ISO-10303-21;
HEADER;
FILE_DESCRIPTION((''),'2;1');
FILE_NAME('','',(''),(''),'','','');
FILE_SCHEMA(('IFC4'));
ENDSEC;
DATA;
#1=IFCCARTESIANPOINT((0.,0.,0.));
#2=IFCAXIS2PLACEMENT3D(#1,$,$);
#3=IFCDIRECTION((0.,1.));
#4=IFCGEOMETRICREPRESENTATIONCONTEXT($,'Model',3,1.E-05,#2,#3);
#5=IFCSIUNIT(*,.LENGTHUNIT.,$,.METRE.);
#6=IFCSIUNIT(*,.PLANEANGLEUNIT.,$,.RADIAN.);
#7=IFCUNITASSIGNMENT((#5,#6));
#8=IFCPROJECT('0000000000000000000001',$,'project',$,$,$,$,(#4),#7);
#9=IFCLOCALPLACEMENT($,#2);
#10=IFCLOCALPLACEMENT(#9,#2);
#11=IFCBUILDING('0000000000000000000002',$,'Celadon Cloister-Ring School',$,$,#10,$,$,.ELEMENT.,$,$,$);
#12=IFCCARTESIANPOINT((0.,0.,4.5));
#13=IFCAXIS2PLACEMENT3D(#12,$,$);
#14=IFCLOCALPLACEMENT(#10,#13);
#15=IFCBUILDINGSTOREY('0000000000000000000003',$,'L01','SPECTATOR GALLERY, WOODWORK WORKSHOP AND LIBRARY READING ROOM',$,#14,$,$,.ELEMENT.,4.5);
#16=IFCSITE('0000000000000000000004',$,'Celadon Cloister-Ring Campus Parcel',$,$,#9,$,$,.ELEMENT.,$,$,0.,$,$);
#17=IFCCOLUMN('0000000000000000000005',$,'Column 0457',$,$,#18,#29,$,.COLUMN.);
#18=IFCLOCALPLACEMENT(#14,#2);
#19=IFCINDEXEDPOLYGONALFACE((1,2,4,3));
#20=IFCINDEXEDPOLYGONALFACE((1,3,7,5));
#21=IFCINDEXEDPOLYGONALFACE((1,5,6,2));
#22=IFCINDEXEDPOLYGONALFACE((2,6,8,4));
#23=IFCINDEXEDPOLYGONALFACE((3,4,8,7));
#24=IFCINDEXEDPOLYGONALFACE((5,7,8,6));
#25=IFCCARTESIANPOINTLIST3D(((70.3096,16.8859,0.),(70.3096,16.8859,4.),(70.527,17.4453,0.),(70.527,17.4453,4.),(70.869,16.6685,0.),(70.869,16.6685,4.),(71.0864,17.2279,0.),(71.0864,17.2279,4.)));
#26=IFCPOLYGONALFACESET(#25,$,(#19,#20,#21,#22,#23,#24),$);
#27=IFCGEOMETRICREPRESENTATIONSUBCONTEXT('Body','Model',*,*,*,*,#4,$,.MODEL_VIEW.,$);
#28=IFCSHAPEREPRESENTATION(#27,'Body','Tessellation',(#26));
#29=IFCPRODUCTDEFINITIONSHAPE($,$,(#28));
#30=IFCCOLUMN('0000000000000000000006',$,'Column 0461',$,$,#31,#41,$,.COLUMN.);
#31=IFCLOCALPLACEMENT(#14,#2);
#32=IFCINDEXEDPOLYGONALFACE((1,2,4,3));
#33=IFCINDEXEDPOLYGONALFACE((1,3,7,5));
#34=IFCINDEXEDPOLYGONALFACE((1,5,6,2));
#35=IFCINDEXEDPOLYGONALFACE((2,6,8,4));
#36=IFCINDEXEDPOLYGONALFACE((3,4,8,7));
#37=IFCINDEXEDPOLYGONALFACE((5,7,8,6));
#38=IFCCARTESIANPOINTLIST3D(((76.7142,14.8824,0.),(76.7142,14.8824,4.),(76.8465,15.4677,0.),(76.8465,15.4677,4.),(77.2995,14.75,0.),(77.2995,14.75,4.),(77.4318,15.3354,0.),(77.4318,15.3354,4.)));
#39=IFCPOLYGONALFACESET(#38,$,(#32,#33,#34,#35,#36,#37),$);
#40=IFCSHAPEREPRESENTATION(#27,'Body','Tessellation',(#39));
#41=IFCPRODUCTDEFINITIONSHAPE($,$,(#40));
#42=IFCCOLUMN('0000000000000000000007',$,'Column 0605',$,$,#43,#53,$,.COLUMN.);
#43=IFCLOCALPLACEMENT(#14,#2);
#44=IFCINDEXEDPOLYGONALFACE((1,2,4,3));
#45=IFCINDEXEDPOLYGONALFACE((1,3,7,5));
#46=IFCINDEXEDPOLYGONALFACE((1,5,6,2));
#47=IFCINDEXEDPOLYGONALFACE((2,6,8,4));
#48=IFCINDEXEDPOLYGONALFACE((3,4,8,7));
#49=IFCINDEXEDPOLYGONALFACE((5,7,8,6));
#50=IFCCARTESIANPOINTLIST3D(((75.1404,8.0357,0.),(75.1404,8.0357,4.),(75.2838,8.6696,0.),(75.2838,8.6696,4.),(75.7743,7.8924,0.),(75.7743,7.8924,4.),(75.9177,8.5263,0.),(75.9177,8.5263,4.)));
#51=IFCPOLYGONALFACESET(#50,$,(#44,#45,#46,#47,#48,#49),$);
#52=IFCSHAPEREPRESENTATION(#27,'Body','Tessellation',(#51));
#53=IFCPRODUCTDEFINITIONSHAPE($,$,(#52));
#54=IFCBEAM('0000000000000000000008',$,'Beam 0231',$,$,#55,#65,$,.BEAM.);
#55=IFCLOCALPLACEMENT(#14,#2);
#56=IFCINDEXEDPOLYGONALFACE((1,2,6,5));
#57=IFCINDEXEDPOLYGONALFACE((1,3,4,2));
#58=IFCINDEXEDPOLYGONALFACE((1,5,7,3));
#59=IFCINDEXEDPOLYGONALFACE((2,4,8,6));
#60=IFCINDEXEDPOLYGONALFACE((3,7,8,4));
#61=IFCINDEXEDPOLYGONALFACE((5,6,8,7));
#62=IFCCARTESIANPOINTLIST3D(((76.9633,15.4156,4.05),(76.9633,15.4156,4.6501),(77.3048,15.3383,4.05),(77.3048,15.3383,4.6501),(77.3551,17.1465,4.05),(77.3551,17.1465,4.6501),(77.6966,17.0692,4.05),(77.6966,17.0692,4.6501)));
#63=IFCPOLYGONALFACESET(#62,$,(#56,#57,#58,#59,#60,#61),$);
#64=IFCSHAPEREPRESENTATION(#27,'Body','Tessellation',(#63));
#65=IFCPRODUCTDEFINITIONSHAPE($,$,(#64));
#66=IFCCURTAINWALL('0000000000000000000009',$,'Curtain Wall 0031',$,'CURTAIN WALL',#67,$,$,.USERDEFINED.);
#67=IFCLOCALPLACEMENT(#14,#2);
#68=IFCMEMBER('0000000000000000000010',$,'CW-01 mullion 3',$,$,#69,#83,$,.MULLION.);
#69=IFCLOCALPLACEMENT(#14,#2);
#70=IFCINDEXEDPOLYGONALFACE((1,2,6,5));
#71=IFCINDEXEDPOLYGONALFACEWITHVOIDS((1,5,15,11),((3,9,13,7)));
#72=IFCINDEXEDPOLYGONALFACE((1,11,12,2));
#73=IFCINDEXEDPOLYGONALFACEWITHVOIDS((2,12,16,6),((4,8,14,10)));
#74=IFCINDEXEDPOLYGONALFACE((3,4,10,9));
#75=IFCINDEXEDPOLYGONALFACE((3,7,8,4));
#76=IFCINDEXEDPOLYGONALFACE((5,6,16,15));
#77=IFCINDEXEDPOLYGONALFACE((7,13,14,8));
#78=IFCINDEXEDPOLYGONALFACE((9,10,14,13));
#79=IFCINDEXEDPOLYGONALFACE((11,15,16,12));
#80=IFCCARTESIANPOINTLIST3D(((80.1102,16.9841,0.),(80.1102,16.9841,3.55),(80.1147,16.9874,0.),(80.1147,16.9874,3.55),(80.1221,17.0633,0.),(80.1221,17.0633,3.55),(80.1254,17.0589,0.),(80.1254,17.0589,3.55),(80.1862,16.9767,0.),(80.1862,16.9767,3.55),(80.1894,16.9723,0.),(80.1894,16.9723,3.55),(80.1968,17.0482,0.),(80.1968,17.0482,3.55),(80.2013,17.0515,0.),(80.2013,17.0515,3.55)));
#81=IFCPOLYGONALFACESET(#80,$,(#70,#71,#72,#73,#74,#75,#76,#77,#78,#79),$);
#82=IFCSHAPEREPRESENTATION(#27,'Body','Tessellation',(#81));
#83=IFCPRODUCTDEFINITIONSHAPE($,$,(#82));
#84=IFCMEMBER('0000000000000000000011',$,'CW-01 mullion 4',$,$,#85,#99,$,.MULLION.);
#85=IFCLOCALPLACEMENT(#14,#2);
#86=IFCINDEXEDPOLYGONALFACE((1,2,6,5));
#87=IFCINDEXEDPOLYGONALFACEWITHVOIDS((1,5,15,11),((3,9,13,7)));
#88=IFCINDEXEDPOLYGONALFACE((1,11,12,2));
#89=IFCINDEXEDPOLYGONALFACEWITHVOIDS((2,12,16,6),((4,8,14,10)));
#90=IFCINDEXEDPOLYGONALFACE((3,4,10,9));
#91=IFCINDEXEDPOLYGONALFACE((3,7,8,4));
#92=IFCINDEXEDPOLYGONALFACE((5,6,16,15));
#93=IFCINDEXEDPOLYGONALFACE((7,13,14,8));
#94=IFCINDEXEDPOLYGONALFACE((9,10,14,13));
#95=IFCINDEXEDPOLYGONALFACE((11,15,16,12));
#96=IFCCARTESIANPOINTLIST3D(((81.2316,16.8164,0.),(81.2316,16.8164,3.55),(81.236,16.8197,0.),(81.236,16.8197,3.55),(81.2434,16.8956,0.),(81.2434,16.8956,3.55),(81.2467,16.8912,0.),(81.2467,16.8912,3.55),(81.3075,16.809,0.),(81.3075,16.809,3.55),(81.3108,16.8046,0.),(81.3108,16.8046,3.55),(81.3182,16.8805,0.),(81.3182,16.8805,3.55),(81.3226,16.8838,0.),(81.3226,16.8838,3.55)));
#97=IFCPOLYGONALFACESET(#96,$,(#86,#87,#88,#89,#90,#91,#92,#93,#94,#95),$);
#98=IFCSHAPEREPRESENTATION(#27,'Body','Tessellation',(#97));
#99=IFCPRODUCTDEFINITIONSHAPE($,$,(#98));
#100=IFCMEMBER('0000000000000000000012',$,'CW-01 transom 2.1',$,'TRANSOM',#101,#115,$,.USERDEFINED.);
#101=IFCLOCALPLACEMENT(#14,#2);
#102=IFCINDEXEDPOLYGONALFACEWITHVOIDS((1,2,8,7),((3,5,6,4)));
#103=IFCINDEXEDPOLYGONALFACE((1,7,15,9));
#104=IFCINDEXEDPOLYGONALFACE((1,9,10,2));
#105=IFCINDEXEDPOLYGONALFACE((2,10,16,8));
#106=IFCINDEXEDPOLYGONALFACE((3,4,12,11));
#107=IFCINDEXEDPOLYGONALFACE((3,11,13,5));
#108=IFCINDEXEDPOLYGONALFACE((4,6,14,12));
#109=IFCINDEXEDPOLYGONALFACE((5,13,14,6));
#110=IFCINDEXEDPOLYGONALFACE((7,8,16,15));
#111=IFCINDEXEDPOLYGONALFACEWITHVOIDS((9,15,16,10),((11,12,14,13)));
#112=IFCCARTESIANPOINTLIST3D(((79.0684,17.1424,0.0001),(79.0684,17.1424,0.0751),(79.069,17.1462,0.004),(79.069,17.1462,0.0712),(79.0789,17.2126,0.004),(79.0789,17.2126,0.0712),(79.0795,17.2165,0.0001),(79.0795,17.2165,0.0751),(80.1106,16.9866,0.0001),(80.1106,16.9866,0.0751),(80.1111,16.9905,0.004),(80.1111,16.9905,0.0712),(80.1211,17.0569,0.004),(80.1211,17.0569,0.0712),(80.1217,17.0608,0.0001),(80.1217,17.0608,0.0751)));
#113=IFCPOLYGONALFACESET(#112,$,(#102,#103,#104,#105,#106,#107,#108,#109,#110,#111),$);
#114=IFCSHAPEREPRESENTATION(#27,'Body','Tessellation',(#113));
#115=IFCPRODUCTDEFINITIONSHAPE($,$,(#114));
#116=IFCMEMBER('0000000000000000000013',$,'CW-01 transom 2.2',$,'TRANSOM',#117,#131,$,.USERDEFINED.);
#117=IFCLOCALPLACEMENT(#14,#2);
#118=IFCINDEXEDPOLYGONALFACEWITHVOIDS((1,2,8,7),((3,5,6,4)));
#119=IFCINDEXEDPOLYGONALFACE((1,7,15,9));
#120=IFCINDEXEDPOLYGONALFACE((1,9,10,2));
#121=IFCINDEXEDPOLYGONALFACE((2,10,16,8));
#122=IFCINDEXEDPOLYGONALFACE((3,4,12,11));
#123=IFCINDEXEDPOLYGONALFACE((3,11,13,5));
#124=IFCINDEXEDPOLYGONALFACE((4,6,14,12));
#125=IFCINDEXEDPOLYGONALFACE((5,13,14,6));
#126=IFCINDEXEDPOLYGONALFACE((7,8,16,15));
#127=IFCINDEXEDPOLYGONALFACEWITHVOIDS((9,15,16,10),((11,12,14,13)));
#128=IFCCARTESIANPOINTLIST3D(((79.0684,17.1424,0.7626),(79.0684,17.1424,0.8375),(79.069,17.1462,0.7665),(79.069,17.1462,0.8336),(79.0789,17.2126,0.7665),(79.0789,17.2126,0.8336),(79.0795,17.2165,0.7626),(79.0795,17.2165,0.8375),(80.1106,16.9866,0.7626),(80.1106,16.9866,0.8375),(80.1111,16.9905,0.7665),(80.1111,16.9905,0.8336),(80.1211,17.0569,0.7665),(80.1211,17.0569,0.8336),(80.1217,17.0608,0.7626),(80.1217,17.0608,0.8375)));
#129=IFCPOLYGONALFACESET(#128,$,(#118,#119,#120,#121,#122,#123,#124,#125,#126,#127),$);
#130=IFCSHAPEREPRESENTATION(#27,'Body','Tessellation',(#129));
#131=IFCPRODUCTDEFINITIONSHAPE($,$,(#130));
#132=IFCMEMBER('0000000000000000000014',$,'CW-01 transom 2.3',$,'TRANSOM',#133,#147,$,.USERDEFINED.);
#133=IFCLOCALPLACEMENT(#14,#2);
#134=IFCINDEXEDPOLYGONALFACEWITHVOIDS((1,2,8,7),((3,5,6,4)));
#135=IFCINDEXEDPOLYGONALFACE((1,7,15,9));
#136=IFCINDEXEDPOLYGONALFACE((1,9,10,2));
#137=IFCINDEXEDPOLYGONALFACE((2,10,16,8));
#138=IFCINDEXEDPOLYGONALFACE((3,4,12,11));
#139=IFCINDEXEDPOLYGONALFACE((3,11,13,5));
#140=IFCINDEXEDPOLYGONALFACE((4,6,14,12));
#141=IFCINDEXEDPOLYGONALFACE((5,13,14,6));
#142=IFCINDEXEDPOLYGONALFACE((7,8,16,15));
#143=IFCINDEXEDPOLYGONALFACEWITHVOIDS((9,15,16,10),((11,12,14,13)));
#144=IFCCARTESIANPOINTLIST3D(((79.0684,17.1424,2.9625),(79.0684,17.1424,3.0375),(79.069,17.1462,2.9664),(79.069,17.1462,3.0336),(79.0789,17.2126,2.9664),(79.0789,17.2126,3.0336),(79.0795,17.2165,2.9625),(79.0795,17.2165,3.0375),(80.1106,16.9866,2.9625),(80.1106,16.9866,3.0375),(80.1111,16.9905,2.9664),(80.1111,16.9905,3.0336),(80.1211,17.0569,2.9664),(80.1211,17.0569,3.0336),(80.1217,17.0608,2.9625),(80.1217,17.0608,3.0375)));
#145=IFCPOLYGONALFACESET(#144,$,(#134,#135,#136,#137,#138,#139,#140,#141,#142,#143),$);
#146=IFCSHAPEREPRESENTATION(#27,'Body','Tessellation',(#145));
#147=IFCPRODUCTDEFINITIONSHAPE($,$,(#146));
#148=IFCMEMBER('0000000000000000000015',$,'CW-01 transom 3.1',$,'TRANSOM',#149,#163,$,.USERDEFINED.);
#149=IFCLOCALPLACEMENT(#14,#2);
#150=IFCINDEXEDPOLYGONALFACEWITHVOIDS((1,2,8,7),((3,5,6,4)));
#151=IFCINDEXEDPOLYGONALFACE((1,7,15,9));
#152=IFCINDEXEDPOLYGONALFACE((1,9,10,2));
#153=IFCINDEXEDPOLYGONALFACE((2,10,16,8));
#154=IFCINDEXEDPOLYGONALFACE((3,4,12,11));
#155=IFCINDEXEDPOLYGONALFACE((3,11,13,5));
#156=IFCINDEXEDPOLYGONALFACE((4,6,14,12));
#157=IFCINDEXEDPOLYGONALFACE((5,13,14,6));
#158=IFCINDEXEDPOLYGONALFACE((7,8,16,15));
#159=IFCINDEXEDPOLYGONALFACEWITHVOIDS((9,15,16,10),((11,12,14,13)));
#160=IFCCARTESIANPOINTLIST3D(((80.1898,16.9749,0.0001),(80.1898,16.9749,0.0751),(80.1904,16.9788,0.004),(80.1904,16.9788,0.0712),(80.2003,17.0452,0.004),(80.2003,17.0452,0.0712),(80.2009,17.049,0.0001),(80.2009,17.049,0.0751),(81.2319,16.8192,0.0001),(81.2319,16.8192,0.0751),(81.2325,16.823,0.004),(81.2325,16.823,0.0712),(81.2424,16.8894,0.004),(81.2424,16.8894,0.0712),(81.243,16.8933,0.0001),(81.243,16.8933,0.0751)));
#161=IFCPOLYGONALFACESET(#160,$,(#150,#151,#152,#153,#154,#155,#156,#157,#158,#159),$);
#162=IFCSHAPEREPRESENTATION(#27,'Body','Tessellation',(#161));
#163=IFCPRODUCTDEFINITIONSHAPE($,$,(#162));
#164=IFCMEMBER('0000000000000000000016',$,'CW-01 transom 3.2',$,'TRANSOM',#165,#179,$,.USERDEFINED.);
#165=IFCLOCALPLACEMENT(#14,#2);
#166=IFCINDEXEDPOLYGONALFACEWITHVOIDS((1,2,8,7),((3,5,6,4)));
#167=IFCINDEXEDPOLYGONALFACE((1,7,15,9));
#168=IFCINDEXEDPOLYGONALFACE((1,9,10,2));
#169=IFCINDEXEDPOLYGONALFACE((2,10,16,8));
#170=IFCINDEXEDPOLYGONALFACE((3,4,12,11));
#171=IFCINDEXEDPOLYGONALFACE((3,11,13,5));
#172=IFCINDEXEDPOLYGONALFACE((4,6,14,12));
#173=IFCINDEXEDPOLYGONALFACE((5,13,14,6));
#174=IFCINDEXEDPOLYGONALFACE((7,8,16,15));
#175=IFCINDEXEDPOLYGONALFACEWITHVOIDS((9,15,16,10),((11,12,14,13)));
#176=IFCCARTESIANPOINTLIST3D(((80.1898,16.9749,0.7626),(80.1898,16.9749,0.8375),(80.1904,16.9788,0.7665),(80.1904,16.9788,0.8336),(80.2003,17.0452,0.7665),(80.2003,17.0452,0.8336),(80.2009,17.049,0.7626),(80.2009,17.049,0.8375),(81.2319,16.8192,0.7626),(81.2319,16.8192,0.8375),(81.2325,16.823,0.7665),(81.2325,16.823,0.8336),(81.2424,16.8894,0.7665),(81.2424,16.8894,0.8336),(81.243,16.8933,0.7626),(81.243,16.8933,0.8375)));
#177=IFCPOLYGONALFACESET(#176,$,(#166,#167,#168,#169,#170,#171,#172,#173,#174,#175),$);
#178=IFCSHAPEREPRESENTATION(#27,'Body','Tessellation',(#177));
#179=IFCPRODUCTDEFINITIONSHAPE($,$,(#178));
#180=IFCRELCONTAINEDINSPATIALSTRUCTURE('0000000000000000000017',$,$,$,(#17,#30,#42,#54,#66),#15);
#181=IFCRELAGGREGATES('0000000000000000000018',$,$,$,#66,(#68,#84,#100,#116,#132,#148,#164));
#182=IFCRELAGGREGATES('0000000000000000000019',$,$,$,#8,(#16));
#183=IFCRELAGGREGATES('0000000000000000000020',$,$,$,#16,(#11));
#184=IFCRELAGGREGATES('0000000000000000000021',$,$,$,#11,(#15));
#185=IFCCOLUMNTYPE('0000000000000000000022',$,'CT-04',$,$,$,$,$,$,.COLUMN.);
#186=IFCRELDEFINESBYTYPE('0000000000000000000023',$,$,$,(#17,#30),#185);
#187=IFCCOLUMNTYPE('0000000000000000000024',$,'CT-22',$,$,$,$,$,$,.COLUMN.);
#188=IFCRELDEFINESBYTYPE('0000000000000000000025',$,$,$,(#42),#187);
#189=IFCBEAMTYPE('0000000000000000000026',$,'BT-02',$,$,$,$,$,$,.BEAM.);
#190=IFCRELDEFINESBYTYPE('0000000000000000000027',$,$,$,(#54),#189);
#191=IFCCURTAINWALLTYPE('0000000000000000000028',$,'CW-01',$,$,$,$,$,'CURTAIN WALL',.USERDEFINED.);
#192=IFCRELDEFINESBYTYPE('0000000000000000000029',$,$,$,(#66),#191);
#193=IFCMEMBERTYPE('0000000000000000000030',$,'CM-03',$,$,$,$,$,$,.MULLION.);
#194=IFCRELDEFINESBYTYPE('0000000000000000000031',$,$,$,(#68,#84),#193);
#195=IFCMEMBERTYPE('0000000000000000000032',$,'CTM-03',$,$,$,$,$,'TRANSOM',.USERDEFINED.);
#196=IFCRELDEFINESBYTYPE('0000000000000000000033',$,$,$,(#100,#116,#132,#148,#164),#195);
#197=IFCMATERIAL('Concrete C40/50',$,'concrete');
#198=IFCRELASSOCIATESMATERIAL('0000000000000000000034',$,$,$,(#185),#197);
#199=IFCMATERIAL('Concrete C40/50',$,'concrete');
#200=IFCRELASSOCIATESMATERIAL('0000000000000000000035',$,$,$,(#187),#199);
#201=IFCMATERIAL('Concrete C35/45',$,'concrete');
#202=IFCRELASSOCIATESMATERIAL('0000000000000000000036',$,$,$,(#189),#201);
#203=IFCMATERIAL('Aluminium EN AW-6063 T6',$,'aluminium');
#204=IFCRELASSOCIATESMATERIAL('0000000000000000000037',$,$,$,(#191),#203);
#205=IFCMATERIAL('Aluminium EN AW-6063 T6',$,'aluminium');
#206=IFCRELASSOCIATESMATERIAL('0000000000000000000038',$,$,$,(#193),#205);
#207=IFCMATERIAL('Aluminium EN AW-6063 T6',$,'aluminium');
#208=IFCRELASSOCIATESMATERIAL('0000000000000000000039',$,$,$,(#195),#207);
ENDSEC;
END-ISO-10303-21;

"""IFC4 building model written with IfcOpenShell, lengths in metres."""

from ifc_helpers import new_model, si_unit, direction, frame, origin, origin_2d, place, context, subcontext, project, spatial, rectangle, hollow_rectangle, extrude, material, material_profile, profile_set, type_object, element, aggregate, save


model = new_model("IFC4")

# Units and contexts
model_context = context("Model", 3, precision=1e-05, world=origin(), true_north=direction((0.0, 1.0)))
body_context = subcontext(model_context, "Body", "Model", "MODEL_VIEW")
ifc_project = project(units=[si_unit("LENGTHUNIT", "METRE"), si_unit("PLANEANGLEUNIT", "RADIAN")], contexts=[model_context])

# Site, building, storey
site_placement = place(None, origin())
site = spatial("IfcSite", under=ifc_project, at=site_placement, Name="Celadon Cloister-Ring Campus Parcel", CompositionType="ELEMENT", RefElevation=0.0)
building_placement = place(site_placement, origin())
building = spatial("IfcBuilding", under=site, at=building_placement, Name="Celadon Cloister-Ring School", CompositionType="ELEMENT")
storey_placement = place(building_placement, frame((0.0, 0.0, 4.5)))
storey = spatial("IfcBuildingStorey", under=building, at=storey_placement, Name="L01", Description="SPECTATOR GALLERY, WOODWORK WORKSHOP AND LIBRARY READING ROOM", CompositionType="ELEMENT", Elevation=4.5)

# Columns
ifc_material_1 = material(Name="Concrete C40/50", Category="concrete")
ifc_material_profile_1 = material_profile(ifc_material_1, rectangle(XDim=0.6001, YDim=0.6001, at=origin_2d()), Name="RC600X600")
ifc_profile_set_1 = profile_set([ifc_material_profile_1], Name="Concrete C40/50")
column_type_1 = type_object("IfcColumnType", Name="CT-04", PredefinedType="COLUMN", material=ifc_profile_set_1)
for number, where, z_axis, x_axis, name in (
    (1, (70.698, 17.0569, 0.0), (0.0, 0.0, 1.0), (-0.362275, -0.932071, 0.0), "Column 0457"),
    (2, (77.073, 15.1089, 0.0), (0.0, 0.0, 1.0), (-0.220595, -0.975365, 0.0), "Column 0461"),
):
    element("IfcColumn", number, at=place(storey_placement, frame(where, z_axis=z_axis, x_axis=x_axis)), inside=storey, type_object=column_type_1, Name=name, PredefinedType="COLUMN", context=body_context, shape_type="SweptSolid", body=[
        extrude(rectangle(XDim=0.6001, YDim=0.6001, at=origin_2d()), origin(), (0.0, 0.0, 1.0), 4.0),
    ])
ifc_material_2 = material(Name="Concrete C40/50", Category="concrete")
ifc_material_profile_2 = material_profile(ifc_material_2, rectangle(XDim=0.6499, YDim=0.6499, at=origin_2d()), Name="RC650X650")
ifc_profile_set_2 = profile_set([ifc_material_profile_2], Name="Concrete C40/50")
column_type_2 = type_object("IfcColumnType", Name="CT-22", PredefinedType="COLUMN", material=ifc_profile_set_2)
column_placement = place(storey_placement, frame((75.5291, 8.281, 0.0), z_axis=(0.0, 0.0, 1.0), x_axis=(-0.220595, -0.975365, 0.0)))
element("IfcColumn", 3, at=column_placement, inside=storey, type_object=column_type_2, Name="Column 0605", PredefinedType="COLUMN", context=body_context, shape_type="SweptSolid", body=[
    extrude(rectangle(XDim=0.6499, YDim=0.6499, at=origin_2d()), origin(), (0.0, 0.0, 1.0), 4.0),
])

# Beam
ifc_material_3 = material(Name="Concrete C35/45", Category="concrete")
ifc_material_profile_3 = material_profile(ifc_material_3, rectangle(XDim=0.3501, YDim=0.6001, at=origin_2d()), Name="RC350X600")
ifc_profile_set_3 = profile_set([ifc_material_profile_3], Name="Concrete C35/45")
beam_type_1 = type_object("IfcBeamType", Name="BT-02", PredefinedType="BEAM", material=ifc_profile_set_3)
beam_1_placement = place(storey_placement, frame((77.134, 15.377, 4.3501), z_axis=(0.220789, 0.975322, 0.0), x_axis=(-0.975322, 0.220789, 0.0)))
element("IfcBeam", 4, at=beam_1_placement, inside=storey, type_object=beam_type_1, Name="Beam 0231", PredefinedType="BEAM", context=body_context, shape_type="SweptSolid", body=[
    extrude(rectangle(XDim=0.3501, YDim=0.6001, at=origin_2d()), origin(), (0.0, 0.0, 1.0), 1.7747),
])

# Curtain wall, members
ifc_material_4 = material(Name="Aluminium EN AW-6063 T6", Category="aluminium")
curtain_wall_type = type_object("IfcCurtainWallType", Name="CW-01", ElementType="CURTAIN WALL", PredefinedType="USERDEFINED", material=ifc_material_4)
curtain_wall_placement = place(storey_placement, origin())
curtain_wall = element("IfcCurtainWall", 5, at=curtain_wall_placement, inside=storey, type_object=curtain_wall_type, Name="Curtain Wall 0031", ObjectType="CURTAIN WALL", PredefinedType="USERDEFINED")
ifc_material_5 = material(Name="Aluminium EN AW-6063 T6", Category="aluminium")
ifc_material_profile_4 = material_profile(ifc_material_5, hollow_rectangle(XDim=0.0801, YDim=0.0801, WallThickness=0.0039, at=origin_2d()), Name="RHS80X80X4")
ifc_profile_set_4 = profile_set([ifc_material_profile_4], Name="Aluminium EN AW-6063 T6")
member_type_1 = type_object("IfcMemberType", Name="CM-03", PredefinedType="MULLION", material=ifc_profile_set_4)
member_1_placement = place(storey_placement, frame((80.1558, 17.0178, 0.0), z_axis=(0.0, 0.0, 1.0), x_axis=(0.147814, 0.989015, 0.0)))
member_1 = element("IfcMember", 6, at=member_1_placement, type_object=member_type_1, Name="CW-01 mullion 3", PredefinedType="MULLION", context=body_context, shape_type="SweptSolid", body=[
    extrude(hollow_rectangle(XDim=0.0801, YDim=0.0801, WallThickness=0.0039, at=origin_2d()), origin(), (0.0, 0.0, 1.0), 3.55),
])
member_2_placement = place(storey_placement, frame((81.2771, 16.8501, 0.0), z_axis=(0.0, 0.0, 1.0), x_axis=(0.147814, 0.989015, 0.0)))
member_2 = element("IfcMember", 7, at=member_2_placement, type_object=member_type_1, Name="CW-01 mullion 4", PredefinedType="MULLION", context=body_context, shape_type="SweptSolid", body=[
    extrude(hollow_rectangle(XDim=0.0801, YDim=0.0801, WallThickness=0.0039, at=origin_2d()), origin(), (0.0, 0.0, 1.0), 3.55),
])
ifc_material_6 = material(Name="Aluminium EN AW-6063 T6", Category="aluminium")
ifc_material_profile_5 = material_profile(ifc_material_6, hollow_rectangle(XDim=0.075, YDim=0.075, WallThickness=0.0039, at=origin_2d()), Name="RHS75X75X4")
ifc_profile_set_5 = profile_set([ifc_material_profile_5], Name="Aluminium EN AW-6063 T6")
member_type_2 = type_object("IfcMemberType", Name="CTM-03", ElementType="TRANSOM", PredefinedType="USERDEFINED", material=ifc_profile_set_5)
member_3_placement = place(storey_placement, frame((79.074, 17.1794, 0.0376), z_axis=(0.989016, -0.147808, 0.0), x_axis=(0.147808, 0.989016, 0.0)))
member_3 = element("IfcMember", 8, at=member_3_placement, type_object=member_type_2, Name="CW-01 transom 2.1", ObjectType="TRANSOM", PredefinedType="USERDEFINED", context=body_context, shape_type="SweptSolid", body=[
    extrude(hollow_rectangle(XDim=0.075, YDim=0.075, WallThickness=0.0039, at=origin_2d()), origin(), (0.0, 0.0, 1.0), 1.0537),
])
member_4_placement = place(storey_placement, frame((79.074, 17.1794, 0.8), z_axis=(0.989016, -0.147808, 0.0), x_axis=(0.147808, 0.989016, 0.0)))
member_4 = element("IfcMember", 9, at=member_4_placement, type_object=member_type_2, Name="CW-01 transom 2.2", ObjectType="TRANSOM", PredefinedType="USERDEFINED", context=body_context, shape_type="SweptSolid", body=[
    extrude(hollow_rectangle(XDim=0.075, YDim=0.075, WallThickness=0.0039, at=origin_2d()), origin(), (0.0, 0.0, 1.0), 1.0537),
])
member_5_placement = place(storey_placement, frame((79.074, 17.1794, 3.0), z_axis=(0.989016, -0.147808, 0.0), x_axis=(0.147808, 0.989016, 0.0)))
member_5 = element("IfcMember", 10, at=member_5_placement, type_object=member_type_2, Name="CW-01 transom 2.3", ObjectType="TRANSOM", PredefinedType="USERDEFINED", context=body_context, shape_type="SweptSolid", body=[
    extrude(hollow_rectangle(XDim=0.075, YDim=0.075, WallThickness=0.0039, at=origin_2d()), origin(), (0.0, 0.0, 1.0), 1.0537),
])
member_6_placement = place(storey_placement, frame((80.1953, 17.012, 0.0376), z_axis=(0.989016, -0.147808, 0.0), x_axis=(0.147808, 0.989016, 0.0)))
member_6 = element("IfcMember", 11, at=member_6_placement, type_object=member_type_2, Name="CW-01 transom 3.1", ObjectType="TRANSOM", PredefinedType="USERDEFINED", context=body_context, shape_type="SweptSolid", body=[
    extrude(hollow_rectangle(XDim=0.075, YDim=0.075, WallThickness=0.0039, at=origin_2d()), origin(), (0.0, 0.0, 1.0), 1.0537),
])
member_7_placement = place(storey_placement, frame((80.1953, 17.012, 0.8), z_axis=(0.989016, -0.147808, 0.0), x_axis=(0.147808, 0.989016, 0.0)))
member_7 = element("IfcMember", 12, at=member_7_placement, type_object=member_type_2, Name="CW-01 transom 3.2", ObjectType="TRANSOM", PredefinedType="USERDEFINED", context=body_context, shape_type="SweptSolid", body=[
    extrude(hollow_rectangle(XDim=0.075, YDim=0.075, WallThickness=0.0039, at=origin_2d()), origin(), (0.0, 0.0, 1.0), 1.0537),
])

aggregate(curtain_wall, [member_1, member_2, member_3, member_4, member_5, member_6, member_7])

save(model, "model.ifc")
